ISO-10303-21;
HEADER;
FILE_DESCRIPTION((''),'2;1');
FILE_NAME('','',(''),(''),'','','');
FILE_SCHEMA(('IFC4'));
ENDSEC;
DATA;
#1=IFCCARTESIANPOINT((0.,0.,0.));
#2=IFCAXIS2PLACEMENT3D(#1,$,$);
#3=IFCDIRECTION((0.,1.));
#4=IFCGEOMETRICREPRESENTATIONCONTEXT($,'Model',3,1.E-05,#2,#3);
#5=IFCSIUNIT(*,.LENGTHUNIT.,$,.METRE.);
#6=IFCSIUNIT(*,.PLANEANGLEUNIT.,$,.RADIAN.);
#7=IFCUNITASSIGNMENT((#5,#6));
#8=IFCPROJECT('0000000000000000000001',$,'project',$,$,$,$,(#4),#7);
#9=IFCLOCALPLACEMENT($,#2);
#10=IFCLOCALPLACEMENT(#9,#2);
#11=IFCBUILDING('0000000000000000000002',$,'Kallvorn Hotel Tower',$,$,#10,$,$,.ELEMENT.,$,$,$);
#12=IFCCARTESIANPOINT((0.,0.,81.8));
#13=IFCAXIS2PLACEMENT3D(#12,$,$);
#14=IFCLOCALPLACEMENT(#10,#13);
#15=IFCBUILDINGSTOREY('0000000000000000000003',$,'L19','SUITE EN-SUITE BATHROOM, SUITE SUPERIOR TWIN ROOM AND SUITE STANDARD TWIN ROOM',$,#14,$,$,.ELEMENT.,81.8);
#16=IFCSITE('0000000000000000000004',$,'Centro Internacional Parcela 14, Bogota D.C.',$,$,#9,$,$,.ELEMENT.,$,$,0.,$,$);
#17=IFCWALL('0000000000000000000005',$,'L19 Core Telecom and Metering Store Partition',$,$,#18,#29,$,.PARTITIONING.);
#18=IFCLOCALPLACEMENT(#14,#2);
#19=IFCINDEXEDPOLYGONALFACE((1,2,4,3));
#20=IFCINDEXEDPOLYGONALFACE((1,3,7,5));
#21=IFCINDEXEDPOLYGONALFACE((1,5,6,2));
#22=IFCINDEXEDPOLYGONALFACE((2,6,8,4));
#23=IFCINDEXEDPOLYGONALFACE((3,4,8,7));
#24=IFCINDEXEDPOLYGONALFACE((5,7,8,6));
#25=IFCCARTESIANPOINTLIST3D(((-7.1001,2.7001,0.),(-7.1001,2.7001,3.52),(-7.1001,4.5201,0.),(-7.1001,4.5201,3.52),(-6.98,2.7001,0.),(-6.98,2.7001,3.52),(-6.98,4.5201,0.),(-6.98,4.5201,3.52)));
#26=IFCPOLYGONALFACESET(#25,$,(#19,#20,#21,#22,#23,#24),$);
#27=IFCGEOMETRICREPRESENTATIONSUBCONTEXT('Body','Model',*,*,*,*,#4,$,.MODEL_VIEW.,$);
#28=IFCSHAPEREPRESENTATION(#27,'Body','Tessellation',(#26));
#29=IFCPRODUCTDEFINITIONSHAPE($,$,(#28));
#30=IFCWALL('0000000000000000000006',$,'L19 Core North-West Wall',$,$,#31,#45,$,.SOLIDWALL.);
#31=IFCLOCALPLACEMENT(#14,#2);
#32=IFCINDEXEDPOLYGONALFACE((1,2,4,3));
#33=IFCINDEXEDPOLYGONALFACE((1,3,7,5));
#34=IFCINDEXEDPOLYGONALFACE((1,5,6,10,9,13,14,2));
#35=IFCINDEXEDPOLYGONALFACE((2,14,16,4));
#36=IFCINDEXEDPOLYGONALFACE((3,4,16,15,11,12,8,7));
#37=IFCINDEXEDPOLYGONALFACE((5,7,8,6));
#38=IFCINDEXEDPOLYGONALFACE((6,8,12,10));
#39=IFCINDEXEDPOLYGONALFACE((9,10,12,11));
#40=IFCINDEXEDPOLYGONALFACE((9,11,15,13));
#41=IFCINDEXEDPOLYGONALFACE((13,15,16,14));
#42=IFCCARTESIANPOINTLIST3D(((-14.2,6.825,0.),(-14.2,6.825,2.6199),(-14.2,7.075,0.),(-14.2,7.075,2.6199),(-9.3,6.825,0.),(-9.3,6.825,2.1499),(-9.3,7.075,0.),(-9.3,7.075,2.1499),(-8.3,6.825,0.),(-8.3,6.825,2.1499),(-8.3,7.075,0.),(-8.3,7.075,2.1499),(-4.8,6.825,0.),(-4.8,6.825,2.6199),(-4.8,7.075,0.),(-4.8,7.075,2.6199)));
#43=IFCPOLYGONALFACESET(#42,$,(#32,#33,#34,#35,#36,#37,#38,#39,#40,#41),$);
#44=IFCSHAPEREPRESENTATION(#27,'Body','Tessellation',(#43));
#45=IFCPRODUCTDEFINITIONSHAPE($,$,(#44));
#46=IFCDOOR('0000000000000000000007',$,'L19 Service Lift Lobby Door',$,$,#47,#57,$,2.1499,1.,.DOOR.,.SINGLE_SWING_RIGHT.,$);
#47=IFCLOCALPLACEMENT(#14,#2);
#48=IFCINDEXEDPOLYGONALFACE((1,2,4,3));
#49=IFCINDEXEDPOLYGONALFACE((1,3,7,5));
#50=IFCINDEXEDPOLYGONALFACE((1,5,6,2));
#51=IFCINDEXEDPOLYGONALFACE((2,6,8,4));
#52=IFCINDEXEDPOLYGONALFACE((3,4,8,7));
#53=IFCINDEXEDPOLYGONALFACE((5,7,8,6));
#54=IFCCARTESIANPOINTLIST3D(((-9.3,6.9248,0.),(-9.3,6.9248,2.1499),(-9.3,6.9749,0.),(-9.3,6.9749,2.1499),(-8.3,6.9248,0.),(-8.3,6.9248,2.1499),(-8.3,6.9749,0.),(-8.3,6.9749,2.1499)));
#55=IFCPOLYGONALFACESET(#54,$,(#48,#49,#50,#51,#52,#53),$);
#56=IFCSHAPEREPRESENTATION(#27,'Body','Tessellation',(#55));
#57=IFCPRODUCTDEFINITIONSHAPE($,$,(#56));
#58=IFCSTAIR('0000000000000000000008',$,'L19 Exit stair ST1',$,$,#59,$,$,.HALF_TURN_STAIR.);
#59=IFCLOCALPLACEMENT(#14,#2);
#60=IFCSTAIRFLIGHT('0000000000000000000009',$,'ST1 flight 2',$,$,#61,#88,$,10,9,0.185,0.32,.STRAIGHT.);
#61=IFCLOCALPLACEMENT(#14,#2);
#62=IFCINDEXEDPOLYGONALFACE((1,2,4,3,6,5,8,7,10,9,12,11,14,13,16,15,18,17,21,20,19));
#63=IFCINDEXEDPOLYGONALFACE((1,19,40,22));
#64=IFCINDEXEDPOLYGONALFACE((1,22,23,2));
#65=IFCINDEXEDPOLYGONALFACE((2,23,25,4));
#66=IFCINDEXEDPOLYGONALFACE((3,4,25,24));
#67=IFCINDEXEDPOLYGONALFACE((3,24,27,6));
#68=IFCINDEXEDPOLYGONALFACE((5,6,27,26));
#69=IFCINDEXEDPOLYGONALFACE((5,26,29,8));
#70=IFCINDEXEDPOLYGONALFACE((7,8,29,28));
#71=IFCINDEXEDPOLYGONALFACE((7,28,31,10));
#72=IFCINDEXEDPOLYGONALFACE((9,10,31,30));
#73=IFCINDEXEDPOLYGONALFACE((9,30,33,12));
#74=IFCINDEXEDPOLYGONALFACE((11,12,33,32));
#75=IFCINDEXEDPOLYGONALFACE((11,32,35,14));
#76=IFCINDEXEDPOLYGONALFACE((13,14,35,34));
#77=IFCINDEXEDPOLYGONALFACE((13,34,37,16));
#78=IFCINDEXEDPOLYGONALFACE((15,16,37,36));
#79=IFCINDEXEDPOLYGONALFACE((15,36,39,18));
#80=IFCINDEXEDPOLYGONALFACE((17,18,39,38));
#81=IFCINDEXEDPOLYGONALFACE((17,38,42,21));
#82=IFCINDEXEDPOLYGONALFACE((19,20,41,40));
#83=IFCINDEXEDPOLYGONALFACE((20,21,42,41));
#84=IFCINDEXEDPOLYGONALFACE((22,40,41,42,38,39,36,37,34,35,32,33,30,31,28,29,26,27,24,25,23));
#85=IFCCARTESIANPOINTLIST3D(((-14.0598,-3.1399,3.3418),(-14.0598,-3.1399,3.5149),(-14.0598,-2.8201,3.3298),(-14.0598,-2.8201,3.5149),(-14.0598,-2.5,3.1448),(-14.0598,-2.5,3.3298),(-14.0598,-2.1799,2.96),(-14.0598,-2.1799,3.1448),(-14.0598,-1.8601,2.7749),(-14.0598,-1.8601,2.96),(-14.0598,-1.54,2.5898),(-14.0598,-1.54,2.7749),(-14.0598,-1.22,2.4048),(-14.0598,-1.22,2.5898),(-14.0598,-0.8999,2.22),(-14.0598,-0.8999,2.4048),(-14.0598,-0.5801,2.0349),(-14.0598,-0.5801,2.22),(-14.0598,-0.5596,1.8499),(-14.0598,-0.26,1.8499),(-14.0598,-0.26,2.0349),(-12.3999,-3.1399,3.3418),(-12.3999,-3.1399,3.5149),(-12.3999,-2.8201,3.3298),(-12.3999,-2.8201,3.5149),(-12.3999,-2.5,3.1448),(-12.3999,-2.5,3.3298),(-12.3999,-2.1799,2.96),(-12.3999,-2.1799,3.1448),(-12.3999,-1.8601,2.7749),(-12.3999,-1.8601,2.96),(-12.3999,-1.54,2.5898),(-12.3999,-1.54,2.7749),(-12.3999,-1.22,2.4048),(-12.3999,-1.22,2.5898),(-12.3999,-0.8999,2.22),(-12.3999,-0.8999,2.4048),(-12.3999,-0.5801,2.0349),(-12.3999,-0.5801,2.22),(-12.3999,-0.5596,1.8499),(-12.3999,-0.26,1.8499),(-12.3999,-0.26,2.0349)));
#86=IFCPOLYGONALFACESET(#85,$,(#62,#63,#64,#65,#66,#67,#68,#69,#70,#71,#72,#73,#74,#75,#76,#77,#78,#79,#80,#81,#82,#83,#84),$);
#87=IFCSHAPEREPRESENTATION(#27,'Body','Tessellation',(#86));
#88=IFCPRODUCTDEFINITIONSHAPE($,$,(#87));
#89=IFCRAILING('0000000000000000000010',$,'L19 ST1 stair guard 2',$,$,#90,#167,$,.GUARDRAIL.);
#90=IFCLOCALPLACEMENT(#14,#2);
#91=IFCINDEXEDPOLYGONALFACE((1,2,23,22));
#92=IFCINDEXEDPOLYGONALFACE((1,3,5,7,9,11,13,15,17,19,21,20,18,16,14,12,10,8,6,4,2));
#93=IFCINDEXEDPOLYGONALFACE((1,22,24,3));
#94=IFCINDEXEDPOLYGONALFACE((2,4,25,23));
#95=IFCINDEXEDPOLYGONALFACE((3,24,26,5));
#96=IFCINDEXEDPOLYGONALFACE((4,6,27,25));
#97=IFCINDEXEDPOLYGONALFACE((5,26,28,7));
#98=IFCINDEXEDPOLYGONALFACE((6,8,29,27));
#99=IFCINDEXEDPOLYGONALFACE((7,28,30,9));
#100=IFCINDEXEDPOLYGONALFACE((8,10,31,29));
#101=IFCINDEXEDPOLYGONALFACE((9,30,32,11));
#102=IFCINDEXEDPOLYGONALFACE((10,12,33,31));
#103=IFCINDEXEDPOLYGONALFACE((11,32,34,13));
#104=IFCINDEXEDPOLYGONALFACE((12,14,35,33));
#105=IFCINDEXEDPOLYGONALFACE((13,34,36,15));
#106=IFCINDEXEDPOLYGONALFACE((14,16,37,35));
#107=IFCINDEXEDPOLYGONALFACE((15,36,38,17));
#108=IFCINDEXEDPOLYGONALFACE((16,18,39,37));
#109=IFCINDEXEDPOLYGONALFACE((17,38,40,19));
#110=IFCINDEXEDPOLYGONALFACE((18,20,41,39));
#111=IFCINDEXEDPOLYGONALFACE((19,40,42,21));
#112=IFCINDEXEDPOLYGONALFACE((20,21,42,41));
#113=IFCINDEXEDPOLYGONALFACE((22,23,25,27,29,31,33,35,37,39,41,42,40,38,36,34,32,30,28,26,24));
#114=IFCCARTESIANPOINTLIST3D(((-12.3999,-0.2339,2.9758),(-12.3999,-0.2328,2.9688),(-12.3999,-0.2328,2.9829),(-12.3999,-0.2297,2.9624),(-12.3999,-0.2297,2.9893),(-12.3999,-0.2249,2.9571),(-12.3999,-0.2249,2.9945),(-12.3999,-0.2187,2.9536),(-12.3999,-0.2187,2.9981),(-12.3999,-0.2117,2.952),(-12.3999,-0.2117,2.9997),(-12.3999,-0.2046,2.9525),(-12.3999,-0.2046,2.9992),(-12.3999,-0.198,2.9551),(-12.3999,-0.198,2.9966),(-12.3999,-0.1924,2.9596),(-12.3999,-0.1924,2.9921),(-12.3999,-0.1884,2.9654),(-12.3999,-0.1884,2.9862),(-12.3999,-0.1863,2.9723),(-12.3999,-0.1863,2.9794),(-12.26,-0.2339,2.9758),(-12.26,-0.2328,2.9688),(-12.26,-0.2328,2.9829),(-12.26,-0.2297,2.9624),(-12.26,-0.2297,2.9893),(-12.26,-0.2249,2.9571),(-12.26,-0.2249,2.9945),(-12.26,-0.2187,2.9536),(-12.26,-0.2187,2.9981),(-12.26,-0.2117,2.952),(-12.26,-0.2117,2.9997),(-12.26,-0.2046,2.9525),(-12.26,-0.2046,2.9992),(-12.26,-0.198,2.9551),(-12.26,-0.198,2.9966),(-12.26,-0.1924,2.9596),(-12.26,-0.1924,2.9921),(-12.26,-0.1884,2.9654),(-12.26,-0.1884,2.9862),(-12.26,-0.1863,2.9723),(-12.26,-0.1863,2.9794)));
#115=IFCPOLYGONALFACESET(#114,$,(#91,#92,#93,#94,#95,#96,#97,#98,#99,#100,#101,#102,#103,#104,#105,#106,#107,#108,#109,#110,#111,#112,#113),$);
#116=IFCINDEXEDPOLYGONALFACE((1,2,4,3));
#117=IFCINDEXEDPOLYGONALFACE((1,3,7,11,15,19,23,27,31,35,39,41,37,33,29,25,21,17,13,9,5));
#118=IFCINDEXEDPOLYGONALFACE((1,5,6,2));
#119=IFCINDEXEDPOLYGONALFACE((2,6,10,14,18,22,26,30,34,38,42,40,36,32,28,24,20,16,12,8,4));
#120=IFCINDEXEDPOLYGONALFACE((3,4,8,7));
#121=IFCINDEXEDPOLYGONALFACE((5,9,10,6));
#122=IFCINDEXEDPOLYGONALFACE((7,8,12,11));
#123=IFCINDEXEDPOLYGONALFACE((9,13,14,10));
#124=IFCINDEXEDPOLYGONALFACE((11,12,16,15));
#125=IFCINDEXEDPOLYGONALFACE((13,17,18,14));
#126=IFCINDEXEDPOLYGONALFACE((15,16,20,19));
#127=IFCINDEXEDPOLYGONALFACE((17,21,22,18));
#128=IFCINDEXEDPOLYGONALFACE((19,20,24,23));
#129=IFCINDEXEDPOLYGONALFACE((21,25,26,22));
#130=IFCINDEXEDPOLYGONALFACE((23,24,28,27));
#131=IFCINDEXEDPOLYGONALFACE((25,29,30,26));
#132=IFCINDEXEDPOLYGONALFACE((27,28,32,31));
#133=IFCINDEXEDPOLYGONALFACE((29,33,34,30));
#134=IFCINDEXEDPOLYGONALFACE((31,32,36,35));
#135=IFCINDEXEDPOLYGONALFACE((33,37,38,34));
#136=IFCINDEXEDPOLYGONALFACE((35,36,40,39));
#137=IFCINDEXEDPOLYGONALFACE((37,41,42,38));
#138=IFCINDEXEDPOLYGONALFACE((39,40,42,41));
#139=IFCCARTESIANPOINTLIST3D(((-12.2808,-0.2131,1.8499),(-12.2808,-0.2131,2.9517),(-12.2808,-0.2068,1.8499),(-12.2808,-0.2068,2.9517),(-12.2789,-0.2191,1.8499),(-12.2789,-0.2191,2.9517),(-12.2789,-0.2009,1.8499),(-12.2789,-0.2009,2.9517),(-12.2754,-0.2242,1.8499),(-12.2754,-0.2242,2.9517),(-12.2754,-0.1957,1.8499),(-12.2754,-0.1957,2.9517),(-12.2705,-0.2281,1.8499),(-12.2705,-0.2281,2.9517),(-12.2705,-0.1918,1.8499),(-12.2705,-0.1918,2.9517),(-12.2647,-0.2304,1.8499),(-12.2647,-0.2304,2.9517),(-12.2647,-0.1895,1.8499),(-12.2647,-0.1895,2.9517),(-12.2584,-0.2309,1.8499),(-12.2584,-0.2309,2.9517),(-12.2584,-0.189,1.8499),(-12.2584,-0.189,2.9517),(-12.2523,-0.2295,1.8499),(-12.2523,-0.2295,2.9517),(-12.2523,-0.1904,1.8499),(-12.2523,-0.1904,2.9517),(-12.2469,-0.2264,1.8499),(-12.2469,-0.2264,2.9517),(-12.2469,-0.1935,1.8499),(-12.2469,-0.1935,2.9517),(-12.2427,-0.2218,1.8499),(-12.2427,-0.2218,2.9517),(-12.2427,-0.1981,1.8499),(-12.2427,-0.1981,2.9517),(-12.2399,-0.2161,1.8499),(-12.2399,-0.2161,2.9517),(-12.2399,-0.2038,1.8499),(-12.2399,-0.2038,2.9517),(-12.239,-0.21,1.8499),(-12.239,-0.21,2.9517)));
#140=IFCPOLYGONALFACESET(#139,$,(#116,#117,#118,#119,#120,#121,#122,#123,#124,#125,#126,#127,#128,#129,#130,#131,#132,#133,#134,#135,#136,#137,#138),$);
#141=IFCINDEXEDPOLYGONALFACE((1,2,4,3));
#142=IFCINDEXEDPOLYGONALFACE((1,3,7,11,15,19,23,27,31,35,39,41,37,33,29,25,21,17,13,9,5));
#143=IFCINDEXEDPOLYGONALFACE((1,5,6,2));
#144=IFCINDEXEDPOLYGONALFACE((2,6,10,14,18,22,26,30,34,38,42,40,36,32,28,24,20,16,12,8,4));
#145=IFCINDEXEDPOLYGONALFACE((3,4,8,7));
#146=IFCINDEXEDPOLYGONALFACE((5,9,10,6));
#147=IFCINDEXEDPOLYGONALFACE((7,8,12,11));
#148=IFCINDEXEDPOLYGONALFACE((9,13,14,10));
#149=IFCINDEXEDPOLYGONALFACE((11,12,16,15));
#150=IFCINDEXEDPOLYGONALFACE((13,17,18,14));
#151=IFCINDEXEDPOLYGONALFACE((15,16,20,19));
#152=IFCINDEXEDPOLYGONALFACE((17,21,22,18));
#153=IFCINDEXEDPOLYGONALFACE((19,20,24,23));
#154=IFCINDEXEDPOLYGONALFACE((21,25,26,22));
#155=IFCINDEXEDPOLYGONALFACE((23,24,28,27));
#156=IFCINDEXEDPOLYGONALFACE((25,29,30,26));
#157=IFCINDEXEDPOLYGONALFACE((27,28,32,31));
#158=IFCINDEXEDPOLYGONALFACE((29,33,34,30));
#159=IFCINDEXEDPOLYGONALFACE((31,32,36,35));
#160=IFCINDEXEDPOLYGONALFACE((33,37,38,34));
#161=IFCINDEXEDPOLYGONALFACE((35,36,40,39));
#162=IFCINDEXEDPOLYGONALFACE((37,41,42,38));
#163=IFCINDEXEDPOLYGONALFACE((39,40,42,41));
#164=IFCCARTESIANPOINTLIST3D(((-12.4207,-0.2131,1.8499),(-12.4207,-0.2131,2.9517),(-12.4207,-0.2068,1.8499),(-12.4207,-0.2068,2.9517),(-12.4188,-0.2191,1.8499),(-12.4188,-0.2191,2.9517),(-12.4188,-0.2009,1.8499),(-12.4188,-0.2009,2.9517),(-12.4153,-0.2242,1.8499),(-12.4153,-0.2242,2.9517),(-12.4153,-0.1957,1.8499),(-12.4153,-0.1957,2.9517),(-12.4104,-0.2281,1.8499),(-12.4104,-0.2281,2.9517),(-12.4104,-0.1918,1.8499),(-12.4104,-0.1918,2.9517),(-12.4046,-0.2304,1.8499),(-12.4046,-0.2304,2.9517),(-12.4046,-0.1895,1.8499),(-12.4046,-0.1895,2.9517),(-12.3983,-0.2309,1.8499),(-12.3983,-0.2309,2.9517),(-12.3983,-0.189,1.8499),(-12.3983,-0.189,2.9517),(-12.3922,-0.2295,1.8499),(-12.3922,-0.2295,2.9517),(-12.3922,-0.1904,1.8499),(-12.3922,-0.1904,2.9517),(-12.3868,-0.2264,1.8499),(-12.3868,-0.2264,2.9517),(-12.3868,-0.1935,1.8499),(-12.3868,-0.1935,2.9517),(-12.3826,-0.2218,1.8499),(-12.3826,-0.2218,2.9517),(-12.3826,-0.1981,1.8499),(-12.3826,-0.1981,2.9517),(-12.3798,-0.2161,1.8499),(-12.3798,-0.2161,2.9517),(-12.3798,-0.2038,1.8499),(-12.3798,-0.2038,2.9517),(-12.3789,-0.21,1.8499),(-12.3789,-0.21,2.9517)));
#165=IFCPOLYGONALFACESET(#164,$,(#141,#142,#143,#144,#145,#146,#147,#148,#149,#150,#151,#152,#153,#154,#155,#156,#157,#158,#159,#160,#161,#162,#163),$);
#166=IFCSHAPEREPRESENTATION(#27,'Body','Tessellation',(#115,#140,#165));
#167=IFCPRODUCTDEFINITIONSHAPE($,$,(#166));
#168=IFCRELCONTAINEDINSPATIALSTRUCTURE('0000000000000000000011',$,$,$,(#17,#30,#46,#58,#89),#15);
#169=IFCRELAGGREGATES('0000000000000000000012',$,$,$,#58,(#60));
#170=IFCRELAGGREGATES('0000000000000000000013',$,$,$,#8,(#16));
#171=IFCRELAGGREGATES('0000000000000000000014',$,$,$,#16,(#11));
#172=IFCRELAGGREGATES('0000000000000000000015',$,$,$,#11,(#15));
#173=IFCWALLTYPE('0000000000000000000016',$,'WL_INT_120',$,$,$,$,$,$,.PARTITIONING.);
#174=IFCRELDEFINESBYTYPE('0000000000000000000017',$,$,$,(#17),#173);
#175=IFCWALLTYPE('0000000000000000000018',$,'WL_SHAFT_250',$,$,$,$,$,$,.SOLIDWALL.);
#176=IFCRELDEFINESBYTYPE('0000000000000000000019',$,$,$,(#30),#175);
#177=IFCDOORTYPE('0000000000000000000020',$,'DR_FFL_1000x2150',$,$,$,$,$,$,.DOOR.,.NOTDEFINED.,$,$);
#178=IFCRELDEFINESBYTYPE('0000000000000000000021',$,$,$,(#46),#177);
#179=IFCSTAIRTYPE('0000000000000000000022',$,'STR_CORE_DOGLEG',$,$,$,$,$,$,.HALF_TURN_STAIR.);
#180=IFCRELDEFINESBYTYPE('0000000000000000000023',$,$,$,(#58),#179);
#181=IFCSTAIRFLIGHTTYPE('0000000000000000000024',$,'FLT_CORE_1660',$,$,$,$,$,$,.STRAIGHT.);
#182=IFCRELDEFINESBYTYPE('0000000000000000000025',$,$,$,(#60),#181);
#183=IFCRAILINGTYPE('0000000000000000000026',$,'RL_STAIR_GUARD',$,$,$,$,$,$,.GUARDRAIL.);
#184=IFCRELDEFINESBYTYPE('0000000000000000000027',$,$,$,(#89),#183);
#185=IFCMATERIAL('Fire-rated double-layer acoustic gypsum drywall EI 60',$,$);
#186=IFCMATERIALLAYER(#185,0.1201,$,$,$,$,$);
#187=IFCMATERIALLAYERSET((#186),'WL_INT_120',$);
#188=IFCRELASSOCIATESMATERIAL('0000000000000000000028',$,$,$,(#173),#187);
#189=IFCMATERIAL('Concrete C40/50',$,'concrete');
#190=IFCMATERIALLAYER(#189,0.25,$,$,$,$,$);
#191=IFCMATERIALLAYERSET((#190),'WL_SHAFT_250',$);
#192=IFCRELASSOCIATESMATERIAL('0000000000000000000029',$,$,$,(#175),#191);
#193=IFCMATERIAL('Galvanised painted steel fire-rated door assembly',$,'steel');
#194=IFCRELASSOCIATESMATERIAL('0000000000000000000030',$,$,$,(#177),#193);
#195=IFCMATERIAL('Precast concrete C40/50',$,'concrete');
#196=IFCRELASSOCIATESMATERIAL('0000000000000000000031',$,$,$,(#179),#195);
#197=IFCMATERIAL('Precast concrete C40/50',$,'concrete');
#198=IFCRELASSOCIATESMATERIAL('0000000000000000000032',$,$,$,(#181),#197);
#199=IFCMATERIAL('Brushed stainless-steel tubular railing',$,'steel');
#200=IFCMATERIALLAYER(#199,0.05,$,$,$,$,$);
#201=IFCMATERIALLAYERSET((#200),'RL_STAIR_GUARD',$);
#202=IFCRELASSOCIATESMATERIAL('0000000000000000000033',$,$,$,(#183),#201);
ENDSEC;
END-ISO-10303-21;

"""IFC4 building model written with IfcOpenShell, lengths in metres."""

from ifc_helpers import new_model, si_unit, direction, frame, frame_2d, origin, origin_2d, place, context, subcontext, project, spatial, polyline, rectangle, circle, outline, extrude, material, layer, layer_set, type_object, element, fill, aggregate, save


model = new_model("IFC4")

# Units and contexts
model_context = context("Model", 3, precision=1e-05, world=origin(), true_north=direction((0.0, 1.0)))
body_context = subcontext(model_context, "Body", "Model", "MODEL_VIEW")
ifc_project = project(units=[si_unit("LENGTHUNIT", "METRE"), si_unit("PLANEANGLEUNIT", "RADIAN")], contexts=[model_context])

# Site, building, storey
site_placement = place(None, origin())
site = spatial("IfcSite", under=ifc_project, at=site_placement, Name="Centro Internacional Parcela 14, Bogota D.C.", CompositionType="ELEMENT", RefElevation=0.0)
building_placement = place(site_placement, origin())
building = spatial("IfcBuilding", under=site, at=building_placement, Name="Kallvorn Hotel Tower", CompositionType="ELEMENT")
storey_placement = place(building_placement, frame((0.0, 0.0, 81.8)))
storey = spatial("IfcBuildingStorey", under=building, at=storey_placement, Name="L19", Description="SUITE EN-SUITE BATHROOM, SUITE SUPERIOR TWIN ROOM AND SUITE STANDARD TWIN ROOM", CompositionType="ELEMENT", Elevation=81.8)

# Shared definitions
ifc_material_1 = material(Name="Fire-rated double-layer acoustic gypsum drywall EI 60")
ifc_layer_1 = layer(ifc_material_1, 0.1201)
ifc_layer_set_1 = layer_set([ifc_layer_1], Name="WL_INT_120")
wall_type_1 = type_object("IfcWallType", Name="WL_INT_120", PredefinedType="PARTITIONING", material=ifc_layer_set_1)

# Wall
wall_1_placement = place(storey_placement, frame((-7.04, 2.7, 0.0), z_axis=(0.0, 0.0, 1.0), x_axis=(0.0, 1.0, 0.0)))
element("IfcWall", 1, at=wall_1_placement, inside=storey, type_object=wall_type_1, Name="L19 Core Telecom and Metering Store Partition", PredefinedType="PARTITIONING", context=body_context, shape_type="SweptSolid", body=[
    extrude(rectangle(XDim=1.8201, YDim=0.1201, at=frame_2d((0.9102, 0.0))), origin(), (0.0, 0.0, 1.0), 3.52),
])

# Wall, opening, door
ifc_material_2 = material(Name="Concrete C40/50", Category="concrete")
ifc_layer_2 = layer(ifc_material_2, 0.25)
ifc_layer_set_2 = layer_set([ifc_layer_2], Name="WL_SHAFT_250")
wall_type_2 = type_object("IfcWallType", Name="WL_SHAFT_250", PredefinedType="SOLIDWALL", material=ifc_layer_set_2)
wall_2_placement = place(storey_placement, frame((-14.2, 6.95, 0.0), z_axis=(0.0, 0.0, 1.0), x_axis=(1.0, 0.0, 0.0)))
wall_2 = element("IfcWall", 2, at=wall_2_placement, inside=storey, type_object=wall_type_2, Name="L19 Core North-West Wall", PredefinedType="SOLIDWALL", context=body_context, shape_type="SweptSolid", body=[
    extrude(rectangle(XDim=9.3999, YDim=0.25, at=frame_2d((4.7, 0.0))), origin(), (0.0, 0.0, 1.0), 2.6199),
])
opening_1_placement = place(wall_2_placement, frame((4.8999, 0.0, 0.0)))
opening_1 = element("IfcOpeningElement", 3, at=opening_1_placement, cuts=wall_2, PredefinedType="OPENING", context=body_context, shape_type="SweptSolid", body=[
    extrude(rectangle(XDim=1.0, YDim=2.1499, at=frame_2d((0.5, 1.075))), frame((0.0, 0.1399, 0.0), z_axis=(0.0, -1.0, 0.0), x_axis=(1.0, 0.0, 0.0)), (0.0, 0.0, 1.0), 0.28),
])
ifc_material_3 = material(Name="Galvanised painted steel fire-rated door assembly", Category="steel")
door_type_1 = type_object("IfcDoorType", Name="DR_FFL_1000x2150", OperationType="NOTDEFINED", PredefinedType="DOOR", material=ifc_material_3)
door_1_placement = place(opening_1_placement, origin())
door_1 = element("IfcDoor", 4, at=door_1_placement, inside=storey, type_object=door_type_1, Name="L19 Service Lift Lobby Door", OperationType="SINGLE_SWING_RIGHT", OverallHeight=2.1499, OverallWidth=1.0, PredefinedType="DOOR", context=body_context, shape_type="SweptSolid", body=[
    extrude(rectangle(XDim=1.0, YDim=2.1499, at=frame_2d((0.5, 1.075))), frame((0.0, 0.0249, 0.0), z_axis=(0.0, -1.0, 0.0), x_axis=(1.0, 0.0, 0.0)), (0.0, 0.0, 1.0), 0.05),
])
fill(opening_1, door_1)

# Stair, stair flight
ifc_material_4 = material(Name="Precast concrete C40/50", Category="concrete")
stair_type = type_object("IfcStairType", Name="STR_CORE_DOGLEG", PredefinedType="HALF_TURN_STAIR", material=ifc_material_4)
stair_placement = place(storey_placement, origin())
stair = element("IfcStair", 5, at=stair_placement, inside=storey, type_object=stair_type, Name="L19 Exit stair ST1", PredefinedType="HALF_TURN_STAIR")
ifc_material_5 = material(Name="Precast concrete C40/50", Category="concrete")
stair_flight_type = type_object("IfcStairFlightType", Name="FLT_CORE_1660", PredefinedType="STRAIGHT", material=ifc_material_5)
stair_flight_placement = place(storey_placement, frame((-13.23, -0.26, 1.8499), z_axis=(0.0, 0.0, 1.0), x_axis=(0.0, -1.0, 0.0)))
stair_flight = element("IfcStairFlight", 6, at=stair_flight_placement, type_object=stair_flight_type, Name="ST1 flight 2", NumberOfRisers=10, NumberOfTreads=9, PredefinedType="STRAIGHT", RiserHeight=0.185, TreadLength=0.32, context=body_context, shape_type="SweptSolid", body=[
    extrude(outline(polyline([(0.0, 0.0), (0.0, 0.1851), (0.3201, 0.1851), (0.3201, 0.3701), (0.6399, 0.3701), (0.6399, 0.5549), (0.96, 0.5549), (0.96, 0.74), (1.28, 0.74), (1.28, 0.925), (1.6001, 0.925), (1.6001, 1.1101), (1.9199, 1.1101), (1.9199, 1.2949), (2.24, 1.2949), (2.24, 1.48), (2.5601, 1.48), (2.5601, 1.665), (2.8799, 1.665), (2.8799, 1.8501), (2.8799, 1.4919), (0.2996, 0.0), (0.0, 0.0)])), frame((0.0, 0.8301, 0.0), z_axis=(0.0, -1.0, 0.0), x_axis=(1.0, 0.0, 0.0)), (0.0, 0.0, 1.0), 1.6599),
])
aggregate(stair, [stair_flight])

# Railing
ifc_material_6 = material(Name="Brushed stainless-steel tubular railing", Category="steel")
ifc_layer_3 = layer(ifc_material_6, 0.05)
ifc_layer_set_3 = layer_set([ifc_layer_3], Name="RL_STAIR_GUARD")
railing_type_1 = type_object("IfcRailingType", Name="RL_STAIR_GUARD", PredefinedType="GUARDRAIL", material=ifc_layer_set_3)
railing_1_placement = place(storey_placement, frame((-12.26, -0.21, 1.8499)))
element("IfcRailing", 7, at=railing_1_placement, inside=storey, type_object=railing_type_1, Name="L19 ST1 stair guard 2", PredefinedType="GUARDRAIL", context=body_context, shape_type="SweptSolid", body=[
    extrude(circle(Radius=0.0239, at=origin_2d()), frame((0.0, 0.0, 1.126), z_axis=(-1.0, 0.0, 0.0), x_axis=(0.0, -1.0, 0.0)), (0.0, 0.0, 1.0), 0.1399),
    extrude(circle(Radius=0.021, at=origin_2d()), origin(), (0.0, 0.0, 1.0), 1.1018),
    extrude(circle(Radius=0.021, at=origin_2d()), frame((-0.1399, 0.0, 0.0)), (0.0, 0.0, 1.0), 1.1018),
])

save(model, "model.ifc")
